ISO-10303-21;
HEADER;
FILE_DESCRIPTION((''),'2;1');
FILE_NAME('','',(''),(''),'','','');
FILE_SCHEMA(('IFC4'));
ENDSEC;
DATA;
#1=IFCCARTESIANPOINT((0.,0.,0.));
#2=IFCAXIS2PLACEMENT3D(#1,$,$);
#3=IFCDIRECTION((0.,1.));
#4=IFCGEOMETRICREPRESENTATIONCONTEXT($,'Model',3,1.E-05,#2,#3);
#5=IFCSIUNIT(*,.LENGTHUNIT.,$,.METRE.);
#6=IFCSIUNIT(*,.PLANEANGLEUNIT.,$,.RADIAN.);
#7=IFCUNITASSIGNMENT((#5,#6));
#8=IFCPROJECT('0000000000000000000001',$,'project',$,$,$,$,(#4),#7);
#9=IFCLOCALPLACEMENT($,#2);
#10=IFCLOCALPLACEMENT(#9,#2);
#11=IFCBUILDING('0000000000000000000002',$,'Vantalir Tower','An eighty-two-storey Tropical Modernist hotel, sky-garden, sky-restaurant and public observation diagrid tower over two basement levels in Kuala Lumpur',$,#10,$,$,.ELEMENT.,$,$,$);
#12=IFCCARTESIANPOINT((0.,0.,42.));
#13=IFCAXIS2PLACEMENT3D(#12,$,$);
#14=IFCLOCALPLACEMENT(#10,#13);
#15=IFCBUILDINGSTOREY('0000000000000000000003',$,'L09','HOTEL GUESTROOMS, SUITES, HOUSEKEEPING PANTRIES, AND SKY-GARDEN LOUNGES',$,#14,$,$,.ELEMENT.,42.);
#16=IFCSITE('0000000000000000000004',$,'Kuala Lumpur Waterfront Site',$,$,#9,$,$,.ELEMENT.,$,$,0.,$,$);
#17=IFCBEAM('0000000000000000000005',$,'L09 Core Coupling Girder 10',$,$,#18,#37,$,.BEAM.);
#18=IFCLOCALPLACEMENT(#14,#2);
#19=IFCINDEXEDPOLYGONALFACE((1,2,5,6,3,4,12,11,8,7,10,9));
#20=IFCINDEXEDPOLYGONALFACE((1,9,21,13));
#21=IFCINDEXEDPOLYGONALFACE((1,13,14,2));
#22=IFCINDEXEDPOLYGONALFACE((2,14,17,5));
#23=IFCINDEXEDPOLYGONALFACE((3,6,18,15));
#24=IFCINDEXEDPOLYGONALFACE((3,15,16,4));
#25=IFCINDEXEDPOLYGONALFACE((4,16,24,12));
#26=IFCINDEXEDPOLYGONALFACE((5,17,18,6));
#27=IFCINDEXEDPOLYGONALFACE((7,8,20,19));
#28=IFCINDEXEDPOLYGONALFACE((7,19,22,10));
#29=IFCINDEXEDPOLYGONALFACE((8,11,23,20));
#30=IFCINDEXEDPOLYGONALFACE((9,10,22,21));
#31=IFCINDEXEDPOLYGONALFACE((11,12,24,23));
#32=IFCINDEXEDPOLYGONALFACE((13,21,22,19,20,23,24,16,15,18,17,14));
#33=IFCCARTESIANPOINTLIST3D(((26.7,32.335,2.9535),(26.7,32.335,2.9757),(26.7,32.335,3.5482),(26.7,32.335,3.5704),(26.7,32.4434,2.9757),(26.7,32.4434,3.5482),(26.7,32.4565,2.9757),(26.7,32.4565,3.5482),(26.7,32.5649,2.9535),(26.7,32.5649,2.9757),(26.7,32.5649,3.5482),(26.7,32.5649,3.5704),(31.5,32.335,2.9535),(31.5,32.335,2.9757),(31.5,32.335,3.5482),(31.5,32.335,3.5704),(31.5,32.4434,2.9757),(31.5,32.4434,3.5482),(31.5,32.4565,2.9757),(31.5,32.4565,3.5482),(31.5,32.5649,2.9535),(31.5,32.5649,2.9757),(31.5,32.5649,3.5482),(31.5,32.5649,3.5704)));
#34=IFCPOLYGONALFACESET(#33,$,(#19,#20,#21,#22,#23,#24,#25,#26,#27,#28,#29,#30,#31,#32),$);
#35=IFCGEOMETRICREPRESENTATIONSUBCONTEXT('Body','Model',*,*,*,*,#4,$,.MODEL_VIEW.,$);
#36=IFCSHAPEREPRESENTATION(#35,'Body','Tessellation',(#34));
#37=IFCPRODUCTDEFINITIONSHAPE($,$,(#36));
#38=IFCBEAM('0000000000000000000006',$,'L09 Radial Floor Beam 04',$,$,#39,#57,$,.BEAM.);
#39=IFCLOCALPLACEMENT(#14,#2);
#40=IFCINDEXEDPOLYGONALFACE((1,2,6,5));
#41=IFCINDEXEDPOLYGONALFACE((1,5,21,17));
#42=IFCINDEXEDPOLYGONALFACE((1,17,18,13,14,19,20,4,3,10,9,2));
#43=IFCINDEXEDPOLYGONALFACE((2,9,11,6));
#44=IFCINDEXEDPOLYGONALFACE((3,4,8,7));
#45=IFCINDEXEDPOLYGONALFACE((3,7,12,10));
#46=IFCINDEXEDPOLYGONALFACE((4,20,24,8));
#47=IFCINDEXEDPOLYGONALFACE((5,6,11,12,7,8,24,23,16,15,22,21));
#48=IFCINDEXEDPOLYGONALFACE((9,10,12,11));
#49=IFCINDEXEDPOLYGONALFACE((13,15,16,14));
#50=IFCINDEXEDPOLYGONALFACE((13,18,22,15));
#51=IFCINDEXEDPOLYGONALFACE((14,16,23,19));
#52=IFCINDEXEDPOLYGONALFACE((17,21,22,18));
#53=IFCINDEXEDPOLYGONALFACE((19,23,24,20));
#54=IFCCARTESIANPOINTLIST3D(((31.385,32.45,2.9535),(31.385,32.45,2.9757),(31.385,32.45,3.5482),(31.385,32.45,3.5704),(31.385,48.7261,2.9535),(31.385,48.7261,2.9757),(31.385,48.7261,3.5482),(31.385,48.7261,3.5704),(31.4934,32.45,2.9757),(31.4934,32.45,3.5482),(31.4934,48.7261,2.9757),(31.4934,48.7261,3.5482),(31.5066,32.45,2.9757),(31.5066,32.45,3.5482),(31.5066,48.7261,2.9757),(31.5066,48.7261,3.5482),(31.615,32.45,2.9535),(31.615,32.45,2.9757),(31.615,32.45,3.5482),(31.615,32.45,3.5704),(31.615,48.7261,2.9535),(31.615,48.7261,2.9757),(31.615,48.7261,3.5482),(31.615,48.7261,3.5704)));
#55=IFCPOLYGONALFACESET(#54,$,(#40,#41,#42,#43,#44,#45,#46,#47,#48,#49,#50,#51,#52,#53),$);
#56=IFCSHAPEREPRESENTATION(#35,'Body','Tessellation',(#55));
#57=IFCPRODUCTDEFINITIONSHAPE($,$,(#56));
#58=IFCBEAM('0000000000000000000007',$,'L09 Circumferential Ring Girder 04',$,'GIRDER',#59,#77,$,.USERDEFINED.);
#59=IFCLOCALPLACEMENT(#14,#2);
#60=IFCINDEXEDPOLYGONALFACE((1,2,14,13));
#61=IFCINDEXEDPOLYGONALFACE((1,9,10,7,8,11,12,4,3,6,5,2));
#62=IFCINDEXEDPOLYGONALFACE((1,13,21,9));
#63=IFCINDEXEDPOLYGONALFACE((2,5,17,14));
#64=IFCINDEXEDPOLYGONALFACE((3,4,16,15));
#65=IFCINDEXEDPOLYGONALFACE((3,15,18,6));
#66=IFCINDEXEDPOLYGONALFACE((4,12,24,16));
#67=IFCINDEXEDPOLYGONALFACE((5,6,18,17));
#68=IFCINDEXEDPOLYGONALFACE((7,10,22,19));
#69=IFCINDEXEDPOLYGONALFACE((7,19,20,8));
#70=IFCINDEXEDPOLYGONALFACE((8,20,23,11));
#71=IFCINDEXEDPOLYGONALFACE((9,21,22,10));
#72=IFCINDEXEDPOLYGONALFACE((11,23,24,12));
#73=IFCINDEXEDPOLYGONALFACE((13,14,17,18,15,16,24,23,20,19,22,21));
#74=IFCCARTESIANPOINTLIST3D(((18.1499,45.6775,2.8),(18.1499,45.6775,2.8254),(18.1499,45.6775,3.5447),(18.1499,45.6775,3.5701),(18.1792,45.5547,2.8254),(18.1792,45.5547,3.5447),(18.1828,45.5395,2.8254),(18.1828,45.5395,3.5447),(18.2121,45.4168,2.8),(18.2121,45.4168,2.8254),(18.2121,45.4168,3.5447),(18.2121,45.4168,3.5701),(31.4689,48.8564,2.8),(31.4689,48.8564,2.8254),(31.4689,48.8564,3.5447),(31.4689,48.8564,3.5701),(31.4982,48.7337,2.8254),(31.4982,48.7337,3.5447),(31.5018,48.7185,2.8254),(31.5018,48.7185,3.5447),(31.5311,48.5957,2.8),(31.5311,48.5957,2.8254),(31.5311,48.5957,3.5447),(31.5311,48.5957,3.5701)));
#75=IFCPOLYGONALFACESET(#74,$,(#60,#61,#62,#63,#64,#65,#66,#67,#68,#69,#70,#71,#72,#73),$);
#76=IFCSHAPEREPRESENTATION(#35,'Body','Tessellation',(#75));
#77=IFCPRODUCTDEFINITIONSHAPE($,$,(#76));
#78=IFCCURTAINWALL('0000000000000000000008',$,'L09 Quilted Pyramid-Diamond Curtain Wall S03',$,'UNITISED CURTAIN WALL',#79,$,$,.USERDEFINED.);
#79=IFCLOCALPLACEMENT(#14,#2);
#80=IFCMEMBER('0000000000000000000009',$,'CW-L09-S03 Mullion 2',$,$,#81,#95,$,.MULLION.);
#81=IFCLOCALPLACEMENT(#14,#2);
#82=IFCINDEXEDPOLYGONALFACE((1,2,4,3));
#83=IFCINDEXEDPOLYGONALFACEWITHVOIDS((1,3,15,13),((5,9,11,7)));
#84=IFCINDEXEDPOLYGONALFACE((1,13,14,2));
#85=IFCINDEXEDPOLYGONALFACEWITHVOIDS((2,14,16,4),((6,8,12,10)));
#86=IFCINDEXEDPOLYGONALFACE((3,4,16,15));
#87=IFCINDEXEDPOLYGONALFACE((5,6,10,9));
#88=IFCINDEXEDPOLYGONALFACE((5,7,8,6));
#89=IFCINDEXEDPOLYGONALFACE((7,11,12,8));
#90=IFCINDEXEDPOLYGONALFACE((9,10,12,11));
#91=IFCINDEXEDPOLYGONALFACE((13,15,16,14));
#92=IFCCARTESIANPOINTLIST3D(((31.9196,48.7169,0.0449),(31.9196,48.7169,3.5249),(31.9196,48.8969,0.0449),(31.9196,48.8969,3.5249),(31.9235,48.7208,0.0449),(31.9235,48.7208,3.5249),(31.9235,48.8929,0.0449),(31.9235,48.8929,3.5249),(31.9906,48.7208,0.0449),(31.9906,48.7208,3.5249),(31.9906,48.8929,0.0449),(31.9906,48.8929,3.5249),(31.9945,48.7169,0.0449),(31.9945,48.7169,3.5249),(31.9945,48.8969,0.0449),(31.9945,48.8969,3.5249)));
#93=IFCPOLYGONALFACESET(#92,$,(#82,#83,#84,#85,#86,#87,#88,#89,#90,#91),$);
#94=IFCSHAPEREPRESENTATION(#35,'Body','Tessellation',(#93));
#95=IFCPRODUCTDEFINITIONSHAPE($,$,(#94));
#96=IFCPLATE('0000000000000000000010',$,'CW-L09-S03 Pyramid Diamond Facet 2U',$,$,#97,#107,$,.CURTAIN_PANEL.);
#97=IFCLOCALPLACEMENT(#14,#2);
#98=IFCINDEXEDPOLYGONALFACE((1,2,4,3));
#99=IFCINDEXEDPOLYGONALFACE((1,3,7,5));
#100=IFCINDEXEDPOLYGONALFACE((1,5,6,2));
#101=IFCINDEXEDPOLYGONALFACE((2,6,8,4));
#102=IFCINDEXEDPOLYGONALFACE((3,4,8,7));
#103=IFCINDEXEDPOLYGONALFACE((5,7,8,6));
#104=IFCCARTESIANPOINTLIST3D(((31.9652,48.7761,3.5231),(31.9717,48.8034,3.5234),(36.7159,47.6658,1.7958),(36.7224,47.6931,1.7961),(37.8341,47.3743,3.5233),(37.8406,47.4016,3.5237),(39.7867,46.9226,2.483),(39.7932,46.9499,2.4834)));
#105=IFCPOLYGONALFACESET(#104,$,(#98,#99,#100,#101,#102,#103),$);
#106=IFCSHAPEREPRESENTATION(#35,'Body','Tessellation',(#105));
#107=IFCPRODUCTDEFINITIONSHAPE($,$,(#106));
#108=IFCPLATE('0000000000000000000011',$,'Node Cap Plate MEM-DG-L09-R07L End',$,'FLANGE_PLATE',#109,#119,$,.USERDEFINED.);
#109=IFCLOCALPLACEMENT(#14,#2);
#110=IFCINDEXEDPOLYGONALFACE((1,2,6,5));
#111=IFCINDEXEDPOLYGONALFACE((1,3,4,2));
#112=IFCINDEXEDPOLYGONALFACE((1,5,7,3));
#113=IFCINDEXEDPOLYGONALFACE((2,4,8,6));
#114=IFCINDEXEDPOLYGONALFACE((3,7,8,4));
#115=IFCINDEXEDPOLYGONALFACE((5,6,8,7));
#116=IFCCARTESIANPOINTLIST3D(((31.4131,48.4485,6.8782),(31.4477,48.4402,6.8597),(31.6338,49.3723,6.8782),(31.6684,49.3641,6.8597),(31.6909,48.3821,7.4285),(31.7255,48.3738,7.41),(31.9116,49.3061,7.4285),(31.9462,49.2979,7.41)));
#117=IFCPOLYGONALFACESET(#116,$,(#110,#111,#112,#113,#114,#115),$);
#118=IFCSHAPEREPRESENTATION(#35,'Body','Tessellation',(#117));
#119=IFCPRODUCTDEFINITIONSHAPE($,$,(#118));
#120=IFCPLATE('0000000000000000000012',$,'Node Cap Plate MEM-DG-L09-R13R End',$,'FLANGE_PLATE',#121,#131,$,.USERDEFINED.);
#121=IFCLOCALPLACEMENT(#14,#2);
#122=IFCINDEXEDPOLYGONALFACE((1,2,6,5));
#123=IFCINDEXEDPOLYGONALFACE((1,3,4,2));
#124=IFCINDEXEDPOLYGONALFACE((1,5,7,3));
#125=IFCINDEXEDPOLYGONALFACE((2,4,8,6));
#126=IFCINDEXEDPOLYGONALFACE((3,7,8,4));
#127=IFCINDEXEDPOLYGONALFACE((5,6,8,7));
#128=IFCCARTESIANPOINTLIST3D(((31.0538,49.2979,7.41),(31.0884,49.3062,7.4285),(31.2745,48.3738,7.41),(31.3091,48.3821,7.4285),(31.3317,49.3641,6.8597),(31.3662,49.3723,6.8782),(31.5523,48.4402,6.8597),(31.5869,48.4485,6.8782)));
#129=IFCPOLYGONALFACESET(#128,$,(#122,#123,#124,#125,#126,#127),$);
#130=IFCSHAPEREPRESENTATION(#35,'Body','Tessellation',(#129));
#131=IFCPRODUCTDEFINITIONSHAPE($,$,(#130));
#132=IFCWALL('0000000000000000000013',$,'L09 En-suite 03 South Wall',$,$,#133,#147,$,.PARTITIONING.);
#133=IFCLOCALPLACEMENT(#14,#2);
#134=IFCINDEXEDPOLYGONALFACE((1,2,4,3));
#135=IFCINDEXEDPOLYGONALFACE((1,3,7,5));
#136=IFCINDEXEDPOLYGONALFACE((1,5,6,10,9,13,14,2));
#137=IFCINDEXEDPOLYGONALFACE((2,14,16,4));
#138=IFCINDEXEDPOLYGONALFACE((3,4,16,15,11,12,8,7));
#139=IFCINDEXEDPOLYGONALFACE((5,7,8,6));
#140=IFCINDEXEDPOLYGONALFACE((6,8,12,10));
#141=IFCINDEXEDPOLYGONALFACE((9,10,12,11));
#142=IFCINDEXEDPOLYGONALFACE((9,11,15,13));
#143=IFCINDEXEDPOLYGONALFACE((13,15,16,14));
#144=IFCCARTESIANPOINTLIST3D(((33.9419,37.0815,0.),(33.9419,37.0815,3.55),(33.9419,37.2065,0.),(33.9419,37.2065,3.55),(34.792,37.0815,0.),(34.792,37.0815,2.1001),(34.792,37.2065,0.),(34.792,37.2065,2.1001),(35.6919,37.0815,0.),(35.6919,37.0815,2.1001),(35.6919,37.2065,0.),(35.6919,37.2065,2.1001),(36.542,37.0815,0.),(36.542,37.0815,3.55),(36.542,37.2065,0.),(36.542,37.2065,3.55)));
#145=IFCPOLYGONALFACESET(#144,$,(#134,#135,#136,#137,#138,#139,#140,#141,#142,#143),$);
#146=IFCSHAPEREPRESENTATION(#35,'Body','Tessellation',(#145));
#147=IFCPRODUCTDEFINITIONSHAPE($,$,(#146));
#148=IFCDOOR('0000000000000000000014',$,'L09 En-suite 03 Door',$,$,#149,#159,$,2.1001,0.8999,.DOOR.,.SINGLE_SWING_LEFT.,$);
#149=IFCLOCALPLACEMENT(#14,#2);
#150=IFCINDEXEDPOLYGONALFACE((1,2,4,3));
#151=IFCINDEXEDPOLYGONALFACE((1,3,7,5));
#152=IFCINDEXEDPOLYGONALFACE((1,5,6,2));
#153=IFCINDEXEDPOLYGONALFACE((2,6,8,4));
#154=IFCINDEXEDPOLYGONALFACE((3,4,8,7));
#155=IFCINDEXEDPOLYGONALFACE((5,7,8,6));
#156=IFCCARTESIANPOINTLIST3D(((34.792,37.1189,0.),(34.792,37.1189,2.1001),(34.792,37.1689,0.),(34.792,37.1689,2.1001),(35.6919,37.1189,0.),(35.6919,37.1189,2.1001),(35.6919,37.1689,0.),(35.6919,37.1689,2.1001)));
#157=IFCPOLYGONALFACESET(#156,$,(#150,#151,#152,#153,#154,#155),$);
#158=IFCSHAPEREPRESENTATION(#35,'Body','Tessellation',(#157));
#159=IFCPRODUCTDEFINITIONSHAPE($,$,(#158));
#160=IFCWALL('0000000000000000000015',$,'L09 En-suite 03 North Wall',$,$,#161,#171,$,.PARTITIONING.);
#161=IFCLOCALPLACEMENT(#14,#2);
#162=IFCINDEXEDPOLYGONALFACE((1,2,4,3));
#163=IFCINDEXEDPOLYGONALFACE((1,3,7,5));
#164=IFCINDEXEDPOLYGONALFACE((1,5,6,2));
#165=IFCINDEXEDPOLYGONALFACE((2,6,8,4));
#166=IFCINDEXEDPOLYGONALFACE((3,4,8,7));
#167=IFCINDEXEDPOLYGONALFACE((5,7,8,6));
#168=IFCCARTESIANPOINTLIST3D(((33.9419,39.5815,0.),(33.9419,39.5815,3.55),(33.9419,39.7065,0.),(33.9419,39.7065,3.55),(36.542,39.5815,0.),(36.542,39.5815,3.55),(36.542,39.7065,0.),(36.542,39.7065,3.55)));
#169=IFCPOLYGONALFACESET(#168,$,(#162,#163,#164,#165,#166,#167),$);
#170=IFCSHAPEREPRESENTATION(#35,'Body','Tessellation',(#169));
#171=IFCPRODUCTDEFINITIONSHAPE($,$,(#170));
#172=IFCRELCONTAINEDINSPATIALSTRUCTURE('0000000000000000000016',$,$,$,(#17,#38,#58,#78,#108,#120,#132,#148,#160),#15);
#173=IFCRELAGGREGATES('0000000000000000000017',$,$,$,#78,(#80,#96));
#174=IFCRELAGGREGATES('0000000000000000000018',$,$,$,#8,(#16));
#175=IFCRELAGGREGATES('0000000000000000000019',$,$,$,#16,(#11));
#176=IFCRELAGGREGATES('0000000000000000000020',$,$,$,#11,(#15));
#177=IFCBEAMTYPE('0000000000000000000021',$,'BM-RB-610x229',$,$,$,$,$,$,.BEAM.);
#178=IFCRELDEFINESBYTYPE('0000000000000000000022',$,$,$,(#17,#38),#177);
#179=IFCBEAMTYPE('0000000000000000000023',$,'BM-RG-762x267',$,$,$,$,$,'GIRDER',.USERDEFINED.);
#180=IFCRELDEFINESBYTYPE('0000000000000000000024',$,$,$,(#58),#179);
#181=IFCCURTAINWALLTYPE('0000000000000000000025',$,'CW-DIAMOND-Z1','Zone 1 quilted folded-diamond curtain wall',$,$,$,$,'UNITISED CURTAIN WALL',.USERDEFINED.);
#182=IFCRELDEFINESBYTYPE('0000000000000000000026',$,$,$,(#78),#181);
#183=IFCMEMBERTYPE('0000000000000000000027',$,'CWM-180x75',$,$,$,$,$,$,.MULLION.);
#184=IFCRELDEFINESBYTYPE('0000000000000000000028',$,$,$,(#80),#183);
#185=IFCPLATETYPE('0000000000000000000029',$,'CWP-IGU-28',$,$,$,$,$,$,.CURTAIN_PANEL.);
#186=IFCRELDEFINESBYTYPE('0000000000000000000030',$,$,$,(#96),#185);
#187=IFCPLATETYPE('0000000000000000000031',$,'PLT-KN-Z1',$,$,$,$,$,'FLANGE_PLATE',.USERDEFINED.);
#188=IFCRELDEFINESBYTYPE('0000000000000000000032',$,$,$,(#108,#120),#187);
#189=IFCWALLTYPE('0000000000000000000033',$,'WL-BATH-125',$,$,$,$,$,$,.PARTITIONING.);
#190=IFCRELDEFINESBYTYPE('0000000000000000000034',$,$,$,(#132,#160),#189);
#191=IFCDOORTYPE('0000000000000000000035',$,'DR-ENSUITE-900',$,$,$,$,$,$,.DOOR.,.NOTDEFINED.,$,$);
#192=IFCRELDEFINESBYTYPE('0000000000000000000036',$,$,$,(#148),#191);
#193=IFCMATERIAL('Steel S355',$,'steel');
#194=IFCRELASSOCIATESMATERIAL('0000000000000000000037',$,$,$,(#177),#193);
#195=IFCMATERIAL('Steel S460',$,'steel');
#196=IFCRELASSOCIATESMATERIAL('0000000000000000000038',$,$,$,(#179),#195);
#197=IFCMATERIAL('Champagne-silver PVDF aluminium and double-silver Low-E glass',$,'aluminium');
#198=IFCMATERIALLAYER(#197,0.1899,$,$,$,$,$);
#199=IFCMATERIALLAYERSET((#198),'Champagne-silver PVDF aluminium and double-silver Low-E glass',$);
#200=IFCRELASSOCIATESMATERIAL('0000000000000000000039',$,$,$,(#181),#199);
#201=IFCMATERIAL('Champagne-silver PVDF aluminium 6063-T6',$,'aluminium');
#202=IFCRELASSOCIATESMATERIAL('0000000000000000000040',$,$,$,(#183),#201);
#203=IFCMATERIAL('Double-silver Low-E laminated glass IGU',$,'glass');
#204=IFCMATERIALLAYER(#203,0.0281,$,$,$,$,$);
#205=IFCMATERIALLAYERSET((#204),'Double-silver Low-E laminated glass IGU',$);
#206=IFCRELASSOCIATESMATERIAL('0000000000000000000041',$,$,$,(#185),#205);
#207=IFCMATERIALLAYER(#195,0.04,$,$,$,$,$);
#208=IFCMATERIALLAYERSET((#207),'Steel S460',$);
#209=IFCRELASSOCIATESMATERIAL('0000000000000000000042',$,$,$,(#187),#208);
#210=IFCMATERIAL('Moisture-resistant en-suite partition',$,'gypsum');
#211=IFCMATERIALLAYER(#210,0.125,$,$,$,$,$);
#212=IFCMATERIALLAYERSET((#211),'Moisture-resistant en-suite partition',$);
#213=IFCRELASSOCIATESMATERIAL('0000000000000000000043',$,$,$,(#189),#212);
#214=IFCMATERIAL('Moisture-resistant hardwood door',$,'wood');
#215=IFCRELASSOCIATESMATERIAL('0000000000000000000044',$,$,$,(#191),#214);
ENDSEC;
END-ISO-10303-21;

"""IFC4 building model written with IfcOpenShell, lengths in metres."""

from ifc_helpers import new_model, si_unit, direction, frame, frame_2d, origin, origin_2d, place, context, subcontext, project, spatial, polyline, rectangle, hollow_rectangle, i_section, outline, extrude, material, layer, layer_set, material_profile, profile_set, type_object, element, fill, aggregate, save


model = new_model("IFC4")

# Units and contexts
model_context = context("Model", 3, precision=1e-05, world=origin(), true_north=direction((0.0, 1.0)))
body_context = subcontext(model_context, "Body", "Model", "MODEL_VIEW")
ifc_project = project(units=[si_unit("LENGTHUNIT", "METRE"), si_unit("PLANEANGLEUNIT", "RADIAN")], contexts=[model_context])

# Site, building, storey
site_placement = place(None, origin())
site = spatial("IfcSite", under=ifc_project, at=site_placement, Name="Kuala Lumpur Waterfront Site", CompositionType="ELEMENT", RefElevation=0.0)
building_placement = place(site_placement, origin())
building = spatial("IfcBuilding", under=site, at=building_placement, Name="Vantalir Tower", Description="An eighty-two-storey Tropical Modernist hotel, sky-garden, sky-restaurant and public observation diagrid tower over two basement levels in Kuala Lumpur", CompositionType="ELEMENT")
storey_placement = place(building_placement, frame((0.0, 0.0, 42.0)))
storey = spatial("IfcBuildingStorey", under=building, at=storey_placement, Name="L09", Description="HOTEL GUESTROOMS, SUITES, HOUSEKEEPING PANTRIES, AND SKY-GARDEN LOUNGES", CompositionType="ELEMENT", Elevation=42.0)

# Shared definitions
ifc_material_1 = material(Name="Steel S460", Category="steel")

# Beams
ifc_material_2 = material(Name="Steel S355", Category="steel")
ifc_material_profile_1 = material_profile(ifc_material_2, i_section(OverallWidth=0.23, OverallDepth=0.6169, WebThickness=0.0132, FlangeThickness=0.0222, at=origin_2d()), Name="Steel S355")
ifc_profile_set_1 = profile_set([ifc_material_profile_1], Name="Steel S355")
beam_type_1 = type_object("IfcBeamType", Name="BM-RB-610x229", PredefinedType="BEAM", material=ifc_profile_set_1)
for number, where, z_axis, x_axis, name in (
    (1, (31.5, 32.45, 3.262), (-1.0, 0.0, 0.0), (0.0, -1.0, 0.0), "L09 Core Coupling Girder 10"),
):
    element("IfcBeam", number, at=place(storey_placement, frame(where, z_axis=z_axis, x_axis=x_axis)), inside=storey, type_object=beam_type_1, Name=name, PredefinedType="BEAM", context=body_context, shape_type="SweptSolid", body=[
        extrude(i_section(OverallWidth=0.23, OverallDepth=0.6169, WebThickness=0.0132, FlangeThickness=0.0222, at=origin_2d()), origin(), (0.0, 0.0, 1.0), 4.8),
    ])
beam_1_placement = place(storey_placement, frame((31.5, 48.7261, 3.262), z_axis=(0.0, -1.0, 0.0), x_axis=(1.0, 0.0, 0.0)))
element("IfcBeam", 2, at=beam_1_placement, inside=storey, type_object=beam_type_1, Name="L09 Radial Floor Beam 04", PredefinedType="BEAM", context=body_context, shape_type="SweptSolid", body=[
    extrude(i_section(OverallWidth=0.23, OverallDepth=0.6169, WebThickness=0.0132, FlangeThickness=0.0222, at=origin_2d()), origin(), (0.0, 0.0, 1.0), 16.2761),
])
ifc_material_profile_2 = material_profile(ifc_material_1, i_section(OverallWidth=0.2681, OverallDepth=0.77, WebThickness=0.0156, FlangeThickness=0.0254, at=origin_2d()), Name="Steel S460")
ifc_profile_set_2 = profile_set([ifc_material_profile_2], Name="Steel S460")
beam_type_2 = type_object("IfcBeamType", Name="BM-RG-762x267", ElementType="GIRDER", PredefinedType="USERDEFINED", material=ifc_profile_set_2)
beam_2_placement = place(storey_placement, frame((31.5, 48.7261, 3.1851), z_axis=(-0.972679, -0.232156, 0.0), x_axis=(0.232156, -0.972679, 0.0)))
element("IfcBeam", 3, at=beam_2_placement, inside=storey, type_object=beam_type_2, Name="L09 Circumferential Ring Girder 04", ObjectType="GIRDER", PredefinedType="USERDEFINED", context=body_context, shape_type="SweptSolid", body=[
    extrude(i_section(OverallWidth=0.2681, OverallDepth=0.77, WebThickness=0.0156, FlangeThickness=0.0254, at=origin_2d()), origin(), (0.0, 0.0, 1.0), 13.6931),
])

# Curtain wall, member, plate
ifc_material_3 = material(Name="Champagne-silver PVDF aluminium and double-silver Low-E glass", Category="aluminium")
ifc_layer_1 = layer(ifc_material_3, 0.1899)
ifc_layer_set_1 = layer_set([ifc_layer_1], Name="Champagne-silver PVDF aluminium and double-silver Low-E glass")
curtain_wall_type = type_object("IfcCurtainWallType", Name="CW-DIAMOND-Z1", Description="Zone 1 quilted folded-diamond curtain wall", ElementType="UNITISED CURTAIN WALL", PredefinedType="USERDEFINED", material=ifc_layer_set_1)
curtain_wall_placement = place(storey_placement, origin())
curtain_wall = element("IfcCurtainWall", 4, at=curtain_wall_placement, inside=storey, type_object=curtain_wall_type, Name="L09 Quilted Pyramid-Diamond Curtain Wall S03", ObjectType="UNITISED CURTAIN WALL", PredefinedType="USERDEFINED")
ifc_material_4 = material(Name="Champagne-silver PVDF aluminium 6063-T6", Category="aluminium")
ifc_material_profile_3 = material_profile(ifc_material_4, hollow_rectangle(XDim=0.075, YDim=0.1799, WallThickness=0.0039, at=origin_2d()), Name="Champagne-silver PVDF aluminium 6063-T6")
ifc_profile_set_3 = profile_set([ifc_material_profile_3], Name="Champagne-silver PVDF aluminium 6063-T6")
member_type = type_object("IfcMemberType", Name="CWM-180x75", PredefinedType="MULLION", material=ifc_profile_set_3)
member_placement = place(storey_placement, frame((31.957, 48.8069, 0.0449), z_axis=(0.0, 0.0, 1.0), x_axis=(1.0, 0.0, 0.0)))
member = element("IfcMember", 5, at=member_placement, type_object=member_type, Name="CW-L09-S03 Mullion 2", PredefinedType="MULLION", context=body_context, shape_type="SweptSolid", body=[
    extrude(hollow_rectangle(XDim=0.075, YDim=0.1799, WallThickness=0.0039, at=origin_2d()), origin(), (0.0, 0.0, 1.0), 3.48),
])
ifc_material_5 = material(Name="Double-silver Low-E laminated glass IGU", Category="glass")
ifc_layer_2 = layer(ifc_material_5, 0.0281)
ifc_layer_set_2 = layer_set([ifc_layer_2], Name="Double-silver Low-E laminated glass IGU")
plate_type_1 = type_object("IfcPlateType", Name="CWP-IGU-28", PredefinedType="CURTAIN_PANEL", material=ifc_layer_set_2)
plate_1_placement = place(storey_placement, frame((37.8406, 47.4016, 3.5237), z_axis=(0.232299, 0.972547, 0.01375), x_axis=(-0.972639, 0.232321, -0.000041)))
plate_1 = element("IfcPlate", 6, at=plate_1_placement, type_object=plate_type_1, Name="CW-L09-S03 Pyramid Diamond Facet 2U", PredefinedType="CURTAIN_PANEL", context=body_context, shape_type="SweptSolid", body=[
    extrude(outline(polyline([(0.0, 0.0), (6.034, 0.0), (1.1554, -1.7277), (-2.0041, -1.0405), (0.0, 0.0)])), origin(), (0.0, 0.0, -1.0), 0.0281),
])
aggregate(curtain_wall, [member, plate_1])

# Plates
ifc_layer_3 = layer(ifc_material_1, 0.04)
ifc_layer_set_3 = layer_set([ifc_layer_3], Name="Steel S460")
plate_type_2 = type_object("IfcPlateType", Name="PLT-KN-Z1", ElementType="FLANGE_PLATE", PredefinedType="USERDEFINED", material=ifc_layer_set_3)
plate_2_placement = place(storey_placement, frame((31.6338, 49.3723, 6.8782), z_axis=(-0.863275, 0.20621, 0.460689), x_axis=(-0.232339, -0.972635, -0.000012)))
element("IfcPlate", 7, at=plate_2_placement, inside=storey, type_object=plate_type_2, Name="Node Cap Plate MEM-DG-L09-R07L End", ObjectType="FLANGE_PLATE", PredefinedType="USERDEFINED", context=body_context, shape_type="SweptSolid", body=[
    extrude(outline(polyline([(0.0, 0.0), (0.9498, 0.0), (0.9499, 0.62), (-0.0002, 0.62), (0.0, 0.0)])), origin(), (0.0, 0.0, -1.0), 0.04),
])
plate_3_placement = place(storey_placement, frame((31.5869, 48.4485, 6.8782), z_axis=(0.863275, 0.20621, 0.460689), x_axis=(-0.232339, 0.972635, 0.000012)))
element("IfcPlate", 8, at=plate_3_placement, inside=storey, type_object=plate_type_2, Name="Node Cap Plate MEM-DG-L09-R13R End", ObjectType="FLANGE_PLATE", PredefinedType="USERDEFINED", context=body_context, shape_type="SweptSolid", body=[
    extrude(outline(polyline([(0.0, 0.0), (0.9498, 0.0), (0.95, 0.62), (0.0, 0.62), (0.0, 0.0)])), origin(), (0.0, 0.0, -1.0), 0.04),
])

# Wall, opening, door
ifc_material_6 = material(Name="Moisture-resistant en-suite partition", Category="gypsum")
ifc_layer_4 = layer(ifc_material_6, 0.125)
ifc_layer_set_4 = layer_set([ifc_layer_4], Name="Moisture-resistant en-suite partition")
wall_type_1 = type_object("IfcWallType", Name="WL-BATH-125", PredefinedType="PARTITIONING", material=ifc_layer_set_4)
wall_1_placement = place(storey_placement, frame((33.9419, 37.144, 0.0), z_axis=(0.0, 0.0, 1.0), x_axis=(1.0, 0.0, 0.0)))
wall_1 = element("IfcWall", 9, at=wall_1_placement, inside=storey, type_object=wall_type_1, Name="L09 En-suite 03 South Wall", PredefinedType="PARTITIONING", context=body_context, shape_type="SweptSolid", body=[
    extrude(rectangle(XDim=2.6001, YDim=0.125, at=frame_2d((1.3, 0.0))), origin(), (0.0, 0.0, 1.0), 3.55),
])
opening_1_placement = place(wall_1_placement, frame((0.8501, 0.0, 0.0)))
opening_1 = element("IfcOpeningElement", 10, at=opening_1_placement, cuts=wall_1, PredefinedType="OPENING", context=body_context, shape_type="SweptSolid", body=[
    extrude(rectangle(XDim=0.8999, YDim=2.1001, at=frame_2d((0.45, 1.05))), frame((0.0, 0.0725, 0.0), z_axis=(0.0, -1.0, 0.0), x_axis=(1.0, 0.0, 0.0)), (0.0, 0.0, 1.0), 0.145),
])
ifc_material_7 = material(Name="Moisture-resistant hardwood door", Category="wood")
door_type_1 = type_object("IfcDoorType", Name="DR-ENSUITE-900", OperationType="NOTDEFINED", PredefinedType="DOOR", material=ifc_material_7)
door_1_placement = place(opening_1_placement, origin())
door_1 = element("IfcDoor", 11, at=door_1_placement, inside=storey, type_object=door_type_1, Name="L09 En-suite 03 Door", OperationType="SINGLE_SWING_LEFT", OverallHeight=2.1001, OverallWidth=0.8999, PredefinedType="DOOR", context=body_context, shape_type="SweptSolid", body=[
    extrude(rectangle(XDim=0.8999, YDim=2.1001, at=frame_2d((0.45, 1.05))), frame((0.0, 0.0249, 0.0), z_axis=(0.0, -1.0, 0.0), x_axis=(1.0, 0.0, 0.0)), (0.0, 0.0, 1.0), 0.05),
])
fill(opening_1, door_1)

# Wall
wall_2_placement = place(storey_placement, frame((33.9419, 39.644, 0.0), z_axis=(0.0, 0.0, 1.0), x_axis=(1.0, 0.0, 0.0)))
element("IfcWall", 12, at=wall_2_placement, inside=storey, type_object=wall_type_1, Name="L09 En-suite 03 North Wall", PredefinedType="PARTITIONING", context=body_context, shape_type="SweptSolid", body=[
    extrude(rectangle(XDim=2.6001, YDim=0.125, at=frame_2d((1.3, 0.0))), origin(), (0.0, 0.0, 1.0), 3.55),
])

save(model, "model.ifc")
